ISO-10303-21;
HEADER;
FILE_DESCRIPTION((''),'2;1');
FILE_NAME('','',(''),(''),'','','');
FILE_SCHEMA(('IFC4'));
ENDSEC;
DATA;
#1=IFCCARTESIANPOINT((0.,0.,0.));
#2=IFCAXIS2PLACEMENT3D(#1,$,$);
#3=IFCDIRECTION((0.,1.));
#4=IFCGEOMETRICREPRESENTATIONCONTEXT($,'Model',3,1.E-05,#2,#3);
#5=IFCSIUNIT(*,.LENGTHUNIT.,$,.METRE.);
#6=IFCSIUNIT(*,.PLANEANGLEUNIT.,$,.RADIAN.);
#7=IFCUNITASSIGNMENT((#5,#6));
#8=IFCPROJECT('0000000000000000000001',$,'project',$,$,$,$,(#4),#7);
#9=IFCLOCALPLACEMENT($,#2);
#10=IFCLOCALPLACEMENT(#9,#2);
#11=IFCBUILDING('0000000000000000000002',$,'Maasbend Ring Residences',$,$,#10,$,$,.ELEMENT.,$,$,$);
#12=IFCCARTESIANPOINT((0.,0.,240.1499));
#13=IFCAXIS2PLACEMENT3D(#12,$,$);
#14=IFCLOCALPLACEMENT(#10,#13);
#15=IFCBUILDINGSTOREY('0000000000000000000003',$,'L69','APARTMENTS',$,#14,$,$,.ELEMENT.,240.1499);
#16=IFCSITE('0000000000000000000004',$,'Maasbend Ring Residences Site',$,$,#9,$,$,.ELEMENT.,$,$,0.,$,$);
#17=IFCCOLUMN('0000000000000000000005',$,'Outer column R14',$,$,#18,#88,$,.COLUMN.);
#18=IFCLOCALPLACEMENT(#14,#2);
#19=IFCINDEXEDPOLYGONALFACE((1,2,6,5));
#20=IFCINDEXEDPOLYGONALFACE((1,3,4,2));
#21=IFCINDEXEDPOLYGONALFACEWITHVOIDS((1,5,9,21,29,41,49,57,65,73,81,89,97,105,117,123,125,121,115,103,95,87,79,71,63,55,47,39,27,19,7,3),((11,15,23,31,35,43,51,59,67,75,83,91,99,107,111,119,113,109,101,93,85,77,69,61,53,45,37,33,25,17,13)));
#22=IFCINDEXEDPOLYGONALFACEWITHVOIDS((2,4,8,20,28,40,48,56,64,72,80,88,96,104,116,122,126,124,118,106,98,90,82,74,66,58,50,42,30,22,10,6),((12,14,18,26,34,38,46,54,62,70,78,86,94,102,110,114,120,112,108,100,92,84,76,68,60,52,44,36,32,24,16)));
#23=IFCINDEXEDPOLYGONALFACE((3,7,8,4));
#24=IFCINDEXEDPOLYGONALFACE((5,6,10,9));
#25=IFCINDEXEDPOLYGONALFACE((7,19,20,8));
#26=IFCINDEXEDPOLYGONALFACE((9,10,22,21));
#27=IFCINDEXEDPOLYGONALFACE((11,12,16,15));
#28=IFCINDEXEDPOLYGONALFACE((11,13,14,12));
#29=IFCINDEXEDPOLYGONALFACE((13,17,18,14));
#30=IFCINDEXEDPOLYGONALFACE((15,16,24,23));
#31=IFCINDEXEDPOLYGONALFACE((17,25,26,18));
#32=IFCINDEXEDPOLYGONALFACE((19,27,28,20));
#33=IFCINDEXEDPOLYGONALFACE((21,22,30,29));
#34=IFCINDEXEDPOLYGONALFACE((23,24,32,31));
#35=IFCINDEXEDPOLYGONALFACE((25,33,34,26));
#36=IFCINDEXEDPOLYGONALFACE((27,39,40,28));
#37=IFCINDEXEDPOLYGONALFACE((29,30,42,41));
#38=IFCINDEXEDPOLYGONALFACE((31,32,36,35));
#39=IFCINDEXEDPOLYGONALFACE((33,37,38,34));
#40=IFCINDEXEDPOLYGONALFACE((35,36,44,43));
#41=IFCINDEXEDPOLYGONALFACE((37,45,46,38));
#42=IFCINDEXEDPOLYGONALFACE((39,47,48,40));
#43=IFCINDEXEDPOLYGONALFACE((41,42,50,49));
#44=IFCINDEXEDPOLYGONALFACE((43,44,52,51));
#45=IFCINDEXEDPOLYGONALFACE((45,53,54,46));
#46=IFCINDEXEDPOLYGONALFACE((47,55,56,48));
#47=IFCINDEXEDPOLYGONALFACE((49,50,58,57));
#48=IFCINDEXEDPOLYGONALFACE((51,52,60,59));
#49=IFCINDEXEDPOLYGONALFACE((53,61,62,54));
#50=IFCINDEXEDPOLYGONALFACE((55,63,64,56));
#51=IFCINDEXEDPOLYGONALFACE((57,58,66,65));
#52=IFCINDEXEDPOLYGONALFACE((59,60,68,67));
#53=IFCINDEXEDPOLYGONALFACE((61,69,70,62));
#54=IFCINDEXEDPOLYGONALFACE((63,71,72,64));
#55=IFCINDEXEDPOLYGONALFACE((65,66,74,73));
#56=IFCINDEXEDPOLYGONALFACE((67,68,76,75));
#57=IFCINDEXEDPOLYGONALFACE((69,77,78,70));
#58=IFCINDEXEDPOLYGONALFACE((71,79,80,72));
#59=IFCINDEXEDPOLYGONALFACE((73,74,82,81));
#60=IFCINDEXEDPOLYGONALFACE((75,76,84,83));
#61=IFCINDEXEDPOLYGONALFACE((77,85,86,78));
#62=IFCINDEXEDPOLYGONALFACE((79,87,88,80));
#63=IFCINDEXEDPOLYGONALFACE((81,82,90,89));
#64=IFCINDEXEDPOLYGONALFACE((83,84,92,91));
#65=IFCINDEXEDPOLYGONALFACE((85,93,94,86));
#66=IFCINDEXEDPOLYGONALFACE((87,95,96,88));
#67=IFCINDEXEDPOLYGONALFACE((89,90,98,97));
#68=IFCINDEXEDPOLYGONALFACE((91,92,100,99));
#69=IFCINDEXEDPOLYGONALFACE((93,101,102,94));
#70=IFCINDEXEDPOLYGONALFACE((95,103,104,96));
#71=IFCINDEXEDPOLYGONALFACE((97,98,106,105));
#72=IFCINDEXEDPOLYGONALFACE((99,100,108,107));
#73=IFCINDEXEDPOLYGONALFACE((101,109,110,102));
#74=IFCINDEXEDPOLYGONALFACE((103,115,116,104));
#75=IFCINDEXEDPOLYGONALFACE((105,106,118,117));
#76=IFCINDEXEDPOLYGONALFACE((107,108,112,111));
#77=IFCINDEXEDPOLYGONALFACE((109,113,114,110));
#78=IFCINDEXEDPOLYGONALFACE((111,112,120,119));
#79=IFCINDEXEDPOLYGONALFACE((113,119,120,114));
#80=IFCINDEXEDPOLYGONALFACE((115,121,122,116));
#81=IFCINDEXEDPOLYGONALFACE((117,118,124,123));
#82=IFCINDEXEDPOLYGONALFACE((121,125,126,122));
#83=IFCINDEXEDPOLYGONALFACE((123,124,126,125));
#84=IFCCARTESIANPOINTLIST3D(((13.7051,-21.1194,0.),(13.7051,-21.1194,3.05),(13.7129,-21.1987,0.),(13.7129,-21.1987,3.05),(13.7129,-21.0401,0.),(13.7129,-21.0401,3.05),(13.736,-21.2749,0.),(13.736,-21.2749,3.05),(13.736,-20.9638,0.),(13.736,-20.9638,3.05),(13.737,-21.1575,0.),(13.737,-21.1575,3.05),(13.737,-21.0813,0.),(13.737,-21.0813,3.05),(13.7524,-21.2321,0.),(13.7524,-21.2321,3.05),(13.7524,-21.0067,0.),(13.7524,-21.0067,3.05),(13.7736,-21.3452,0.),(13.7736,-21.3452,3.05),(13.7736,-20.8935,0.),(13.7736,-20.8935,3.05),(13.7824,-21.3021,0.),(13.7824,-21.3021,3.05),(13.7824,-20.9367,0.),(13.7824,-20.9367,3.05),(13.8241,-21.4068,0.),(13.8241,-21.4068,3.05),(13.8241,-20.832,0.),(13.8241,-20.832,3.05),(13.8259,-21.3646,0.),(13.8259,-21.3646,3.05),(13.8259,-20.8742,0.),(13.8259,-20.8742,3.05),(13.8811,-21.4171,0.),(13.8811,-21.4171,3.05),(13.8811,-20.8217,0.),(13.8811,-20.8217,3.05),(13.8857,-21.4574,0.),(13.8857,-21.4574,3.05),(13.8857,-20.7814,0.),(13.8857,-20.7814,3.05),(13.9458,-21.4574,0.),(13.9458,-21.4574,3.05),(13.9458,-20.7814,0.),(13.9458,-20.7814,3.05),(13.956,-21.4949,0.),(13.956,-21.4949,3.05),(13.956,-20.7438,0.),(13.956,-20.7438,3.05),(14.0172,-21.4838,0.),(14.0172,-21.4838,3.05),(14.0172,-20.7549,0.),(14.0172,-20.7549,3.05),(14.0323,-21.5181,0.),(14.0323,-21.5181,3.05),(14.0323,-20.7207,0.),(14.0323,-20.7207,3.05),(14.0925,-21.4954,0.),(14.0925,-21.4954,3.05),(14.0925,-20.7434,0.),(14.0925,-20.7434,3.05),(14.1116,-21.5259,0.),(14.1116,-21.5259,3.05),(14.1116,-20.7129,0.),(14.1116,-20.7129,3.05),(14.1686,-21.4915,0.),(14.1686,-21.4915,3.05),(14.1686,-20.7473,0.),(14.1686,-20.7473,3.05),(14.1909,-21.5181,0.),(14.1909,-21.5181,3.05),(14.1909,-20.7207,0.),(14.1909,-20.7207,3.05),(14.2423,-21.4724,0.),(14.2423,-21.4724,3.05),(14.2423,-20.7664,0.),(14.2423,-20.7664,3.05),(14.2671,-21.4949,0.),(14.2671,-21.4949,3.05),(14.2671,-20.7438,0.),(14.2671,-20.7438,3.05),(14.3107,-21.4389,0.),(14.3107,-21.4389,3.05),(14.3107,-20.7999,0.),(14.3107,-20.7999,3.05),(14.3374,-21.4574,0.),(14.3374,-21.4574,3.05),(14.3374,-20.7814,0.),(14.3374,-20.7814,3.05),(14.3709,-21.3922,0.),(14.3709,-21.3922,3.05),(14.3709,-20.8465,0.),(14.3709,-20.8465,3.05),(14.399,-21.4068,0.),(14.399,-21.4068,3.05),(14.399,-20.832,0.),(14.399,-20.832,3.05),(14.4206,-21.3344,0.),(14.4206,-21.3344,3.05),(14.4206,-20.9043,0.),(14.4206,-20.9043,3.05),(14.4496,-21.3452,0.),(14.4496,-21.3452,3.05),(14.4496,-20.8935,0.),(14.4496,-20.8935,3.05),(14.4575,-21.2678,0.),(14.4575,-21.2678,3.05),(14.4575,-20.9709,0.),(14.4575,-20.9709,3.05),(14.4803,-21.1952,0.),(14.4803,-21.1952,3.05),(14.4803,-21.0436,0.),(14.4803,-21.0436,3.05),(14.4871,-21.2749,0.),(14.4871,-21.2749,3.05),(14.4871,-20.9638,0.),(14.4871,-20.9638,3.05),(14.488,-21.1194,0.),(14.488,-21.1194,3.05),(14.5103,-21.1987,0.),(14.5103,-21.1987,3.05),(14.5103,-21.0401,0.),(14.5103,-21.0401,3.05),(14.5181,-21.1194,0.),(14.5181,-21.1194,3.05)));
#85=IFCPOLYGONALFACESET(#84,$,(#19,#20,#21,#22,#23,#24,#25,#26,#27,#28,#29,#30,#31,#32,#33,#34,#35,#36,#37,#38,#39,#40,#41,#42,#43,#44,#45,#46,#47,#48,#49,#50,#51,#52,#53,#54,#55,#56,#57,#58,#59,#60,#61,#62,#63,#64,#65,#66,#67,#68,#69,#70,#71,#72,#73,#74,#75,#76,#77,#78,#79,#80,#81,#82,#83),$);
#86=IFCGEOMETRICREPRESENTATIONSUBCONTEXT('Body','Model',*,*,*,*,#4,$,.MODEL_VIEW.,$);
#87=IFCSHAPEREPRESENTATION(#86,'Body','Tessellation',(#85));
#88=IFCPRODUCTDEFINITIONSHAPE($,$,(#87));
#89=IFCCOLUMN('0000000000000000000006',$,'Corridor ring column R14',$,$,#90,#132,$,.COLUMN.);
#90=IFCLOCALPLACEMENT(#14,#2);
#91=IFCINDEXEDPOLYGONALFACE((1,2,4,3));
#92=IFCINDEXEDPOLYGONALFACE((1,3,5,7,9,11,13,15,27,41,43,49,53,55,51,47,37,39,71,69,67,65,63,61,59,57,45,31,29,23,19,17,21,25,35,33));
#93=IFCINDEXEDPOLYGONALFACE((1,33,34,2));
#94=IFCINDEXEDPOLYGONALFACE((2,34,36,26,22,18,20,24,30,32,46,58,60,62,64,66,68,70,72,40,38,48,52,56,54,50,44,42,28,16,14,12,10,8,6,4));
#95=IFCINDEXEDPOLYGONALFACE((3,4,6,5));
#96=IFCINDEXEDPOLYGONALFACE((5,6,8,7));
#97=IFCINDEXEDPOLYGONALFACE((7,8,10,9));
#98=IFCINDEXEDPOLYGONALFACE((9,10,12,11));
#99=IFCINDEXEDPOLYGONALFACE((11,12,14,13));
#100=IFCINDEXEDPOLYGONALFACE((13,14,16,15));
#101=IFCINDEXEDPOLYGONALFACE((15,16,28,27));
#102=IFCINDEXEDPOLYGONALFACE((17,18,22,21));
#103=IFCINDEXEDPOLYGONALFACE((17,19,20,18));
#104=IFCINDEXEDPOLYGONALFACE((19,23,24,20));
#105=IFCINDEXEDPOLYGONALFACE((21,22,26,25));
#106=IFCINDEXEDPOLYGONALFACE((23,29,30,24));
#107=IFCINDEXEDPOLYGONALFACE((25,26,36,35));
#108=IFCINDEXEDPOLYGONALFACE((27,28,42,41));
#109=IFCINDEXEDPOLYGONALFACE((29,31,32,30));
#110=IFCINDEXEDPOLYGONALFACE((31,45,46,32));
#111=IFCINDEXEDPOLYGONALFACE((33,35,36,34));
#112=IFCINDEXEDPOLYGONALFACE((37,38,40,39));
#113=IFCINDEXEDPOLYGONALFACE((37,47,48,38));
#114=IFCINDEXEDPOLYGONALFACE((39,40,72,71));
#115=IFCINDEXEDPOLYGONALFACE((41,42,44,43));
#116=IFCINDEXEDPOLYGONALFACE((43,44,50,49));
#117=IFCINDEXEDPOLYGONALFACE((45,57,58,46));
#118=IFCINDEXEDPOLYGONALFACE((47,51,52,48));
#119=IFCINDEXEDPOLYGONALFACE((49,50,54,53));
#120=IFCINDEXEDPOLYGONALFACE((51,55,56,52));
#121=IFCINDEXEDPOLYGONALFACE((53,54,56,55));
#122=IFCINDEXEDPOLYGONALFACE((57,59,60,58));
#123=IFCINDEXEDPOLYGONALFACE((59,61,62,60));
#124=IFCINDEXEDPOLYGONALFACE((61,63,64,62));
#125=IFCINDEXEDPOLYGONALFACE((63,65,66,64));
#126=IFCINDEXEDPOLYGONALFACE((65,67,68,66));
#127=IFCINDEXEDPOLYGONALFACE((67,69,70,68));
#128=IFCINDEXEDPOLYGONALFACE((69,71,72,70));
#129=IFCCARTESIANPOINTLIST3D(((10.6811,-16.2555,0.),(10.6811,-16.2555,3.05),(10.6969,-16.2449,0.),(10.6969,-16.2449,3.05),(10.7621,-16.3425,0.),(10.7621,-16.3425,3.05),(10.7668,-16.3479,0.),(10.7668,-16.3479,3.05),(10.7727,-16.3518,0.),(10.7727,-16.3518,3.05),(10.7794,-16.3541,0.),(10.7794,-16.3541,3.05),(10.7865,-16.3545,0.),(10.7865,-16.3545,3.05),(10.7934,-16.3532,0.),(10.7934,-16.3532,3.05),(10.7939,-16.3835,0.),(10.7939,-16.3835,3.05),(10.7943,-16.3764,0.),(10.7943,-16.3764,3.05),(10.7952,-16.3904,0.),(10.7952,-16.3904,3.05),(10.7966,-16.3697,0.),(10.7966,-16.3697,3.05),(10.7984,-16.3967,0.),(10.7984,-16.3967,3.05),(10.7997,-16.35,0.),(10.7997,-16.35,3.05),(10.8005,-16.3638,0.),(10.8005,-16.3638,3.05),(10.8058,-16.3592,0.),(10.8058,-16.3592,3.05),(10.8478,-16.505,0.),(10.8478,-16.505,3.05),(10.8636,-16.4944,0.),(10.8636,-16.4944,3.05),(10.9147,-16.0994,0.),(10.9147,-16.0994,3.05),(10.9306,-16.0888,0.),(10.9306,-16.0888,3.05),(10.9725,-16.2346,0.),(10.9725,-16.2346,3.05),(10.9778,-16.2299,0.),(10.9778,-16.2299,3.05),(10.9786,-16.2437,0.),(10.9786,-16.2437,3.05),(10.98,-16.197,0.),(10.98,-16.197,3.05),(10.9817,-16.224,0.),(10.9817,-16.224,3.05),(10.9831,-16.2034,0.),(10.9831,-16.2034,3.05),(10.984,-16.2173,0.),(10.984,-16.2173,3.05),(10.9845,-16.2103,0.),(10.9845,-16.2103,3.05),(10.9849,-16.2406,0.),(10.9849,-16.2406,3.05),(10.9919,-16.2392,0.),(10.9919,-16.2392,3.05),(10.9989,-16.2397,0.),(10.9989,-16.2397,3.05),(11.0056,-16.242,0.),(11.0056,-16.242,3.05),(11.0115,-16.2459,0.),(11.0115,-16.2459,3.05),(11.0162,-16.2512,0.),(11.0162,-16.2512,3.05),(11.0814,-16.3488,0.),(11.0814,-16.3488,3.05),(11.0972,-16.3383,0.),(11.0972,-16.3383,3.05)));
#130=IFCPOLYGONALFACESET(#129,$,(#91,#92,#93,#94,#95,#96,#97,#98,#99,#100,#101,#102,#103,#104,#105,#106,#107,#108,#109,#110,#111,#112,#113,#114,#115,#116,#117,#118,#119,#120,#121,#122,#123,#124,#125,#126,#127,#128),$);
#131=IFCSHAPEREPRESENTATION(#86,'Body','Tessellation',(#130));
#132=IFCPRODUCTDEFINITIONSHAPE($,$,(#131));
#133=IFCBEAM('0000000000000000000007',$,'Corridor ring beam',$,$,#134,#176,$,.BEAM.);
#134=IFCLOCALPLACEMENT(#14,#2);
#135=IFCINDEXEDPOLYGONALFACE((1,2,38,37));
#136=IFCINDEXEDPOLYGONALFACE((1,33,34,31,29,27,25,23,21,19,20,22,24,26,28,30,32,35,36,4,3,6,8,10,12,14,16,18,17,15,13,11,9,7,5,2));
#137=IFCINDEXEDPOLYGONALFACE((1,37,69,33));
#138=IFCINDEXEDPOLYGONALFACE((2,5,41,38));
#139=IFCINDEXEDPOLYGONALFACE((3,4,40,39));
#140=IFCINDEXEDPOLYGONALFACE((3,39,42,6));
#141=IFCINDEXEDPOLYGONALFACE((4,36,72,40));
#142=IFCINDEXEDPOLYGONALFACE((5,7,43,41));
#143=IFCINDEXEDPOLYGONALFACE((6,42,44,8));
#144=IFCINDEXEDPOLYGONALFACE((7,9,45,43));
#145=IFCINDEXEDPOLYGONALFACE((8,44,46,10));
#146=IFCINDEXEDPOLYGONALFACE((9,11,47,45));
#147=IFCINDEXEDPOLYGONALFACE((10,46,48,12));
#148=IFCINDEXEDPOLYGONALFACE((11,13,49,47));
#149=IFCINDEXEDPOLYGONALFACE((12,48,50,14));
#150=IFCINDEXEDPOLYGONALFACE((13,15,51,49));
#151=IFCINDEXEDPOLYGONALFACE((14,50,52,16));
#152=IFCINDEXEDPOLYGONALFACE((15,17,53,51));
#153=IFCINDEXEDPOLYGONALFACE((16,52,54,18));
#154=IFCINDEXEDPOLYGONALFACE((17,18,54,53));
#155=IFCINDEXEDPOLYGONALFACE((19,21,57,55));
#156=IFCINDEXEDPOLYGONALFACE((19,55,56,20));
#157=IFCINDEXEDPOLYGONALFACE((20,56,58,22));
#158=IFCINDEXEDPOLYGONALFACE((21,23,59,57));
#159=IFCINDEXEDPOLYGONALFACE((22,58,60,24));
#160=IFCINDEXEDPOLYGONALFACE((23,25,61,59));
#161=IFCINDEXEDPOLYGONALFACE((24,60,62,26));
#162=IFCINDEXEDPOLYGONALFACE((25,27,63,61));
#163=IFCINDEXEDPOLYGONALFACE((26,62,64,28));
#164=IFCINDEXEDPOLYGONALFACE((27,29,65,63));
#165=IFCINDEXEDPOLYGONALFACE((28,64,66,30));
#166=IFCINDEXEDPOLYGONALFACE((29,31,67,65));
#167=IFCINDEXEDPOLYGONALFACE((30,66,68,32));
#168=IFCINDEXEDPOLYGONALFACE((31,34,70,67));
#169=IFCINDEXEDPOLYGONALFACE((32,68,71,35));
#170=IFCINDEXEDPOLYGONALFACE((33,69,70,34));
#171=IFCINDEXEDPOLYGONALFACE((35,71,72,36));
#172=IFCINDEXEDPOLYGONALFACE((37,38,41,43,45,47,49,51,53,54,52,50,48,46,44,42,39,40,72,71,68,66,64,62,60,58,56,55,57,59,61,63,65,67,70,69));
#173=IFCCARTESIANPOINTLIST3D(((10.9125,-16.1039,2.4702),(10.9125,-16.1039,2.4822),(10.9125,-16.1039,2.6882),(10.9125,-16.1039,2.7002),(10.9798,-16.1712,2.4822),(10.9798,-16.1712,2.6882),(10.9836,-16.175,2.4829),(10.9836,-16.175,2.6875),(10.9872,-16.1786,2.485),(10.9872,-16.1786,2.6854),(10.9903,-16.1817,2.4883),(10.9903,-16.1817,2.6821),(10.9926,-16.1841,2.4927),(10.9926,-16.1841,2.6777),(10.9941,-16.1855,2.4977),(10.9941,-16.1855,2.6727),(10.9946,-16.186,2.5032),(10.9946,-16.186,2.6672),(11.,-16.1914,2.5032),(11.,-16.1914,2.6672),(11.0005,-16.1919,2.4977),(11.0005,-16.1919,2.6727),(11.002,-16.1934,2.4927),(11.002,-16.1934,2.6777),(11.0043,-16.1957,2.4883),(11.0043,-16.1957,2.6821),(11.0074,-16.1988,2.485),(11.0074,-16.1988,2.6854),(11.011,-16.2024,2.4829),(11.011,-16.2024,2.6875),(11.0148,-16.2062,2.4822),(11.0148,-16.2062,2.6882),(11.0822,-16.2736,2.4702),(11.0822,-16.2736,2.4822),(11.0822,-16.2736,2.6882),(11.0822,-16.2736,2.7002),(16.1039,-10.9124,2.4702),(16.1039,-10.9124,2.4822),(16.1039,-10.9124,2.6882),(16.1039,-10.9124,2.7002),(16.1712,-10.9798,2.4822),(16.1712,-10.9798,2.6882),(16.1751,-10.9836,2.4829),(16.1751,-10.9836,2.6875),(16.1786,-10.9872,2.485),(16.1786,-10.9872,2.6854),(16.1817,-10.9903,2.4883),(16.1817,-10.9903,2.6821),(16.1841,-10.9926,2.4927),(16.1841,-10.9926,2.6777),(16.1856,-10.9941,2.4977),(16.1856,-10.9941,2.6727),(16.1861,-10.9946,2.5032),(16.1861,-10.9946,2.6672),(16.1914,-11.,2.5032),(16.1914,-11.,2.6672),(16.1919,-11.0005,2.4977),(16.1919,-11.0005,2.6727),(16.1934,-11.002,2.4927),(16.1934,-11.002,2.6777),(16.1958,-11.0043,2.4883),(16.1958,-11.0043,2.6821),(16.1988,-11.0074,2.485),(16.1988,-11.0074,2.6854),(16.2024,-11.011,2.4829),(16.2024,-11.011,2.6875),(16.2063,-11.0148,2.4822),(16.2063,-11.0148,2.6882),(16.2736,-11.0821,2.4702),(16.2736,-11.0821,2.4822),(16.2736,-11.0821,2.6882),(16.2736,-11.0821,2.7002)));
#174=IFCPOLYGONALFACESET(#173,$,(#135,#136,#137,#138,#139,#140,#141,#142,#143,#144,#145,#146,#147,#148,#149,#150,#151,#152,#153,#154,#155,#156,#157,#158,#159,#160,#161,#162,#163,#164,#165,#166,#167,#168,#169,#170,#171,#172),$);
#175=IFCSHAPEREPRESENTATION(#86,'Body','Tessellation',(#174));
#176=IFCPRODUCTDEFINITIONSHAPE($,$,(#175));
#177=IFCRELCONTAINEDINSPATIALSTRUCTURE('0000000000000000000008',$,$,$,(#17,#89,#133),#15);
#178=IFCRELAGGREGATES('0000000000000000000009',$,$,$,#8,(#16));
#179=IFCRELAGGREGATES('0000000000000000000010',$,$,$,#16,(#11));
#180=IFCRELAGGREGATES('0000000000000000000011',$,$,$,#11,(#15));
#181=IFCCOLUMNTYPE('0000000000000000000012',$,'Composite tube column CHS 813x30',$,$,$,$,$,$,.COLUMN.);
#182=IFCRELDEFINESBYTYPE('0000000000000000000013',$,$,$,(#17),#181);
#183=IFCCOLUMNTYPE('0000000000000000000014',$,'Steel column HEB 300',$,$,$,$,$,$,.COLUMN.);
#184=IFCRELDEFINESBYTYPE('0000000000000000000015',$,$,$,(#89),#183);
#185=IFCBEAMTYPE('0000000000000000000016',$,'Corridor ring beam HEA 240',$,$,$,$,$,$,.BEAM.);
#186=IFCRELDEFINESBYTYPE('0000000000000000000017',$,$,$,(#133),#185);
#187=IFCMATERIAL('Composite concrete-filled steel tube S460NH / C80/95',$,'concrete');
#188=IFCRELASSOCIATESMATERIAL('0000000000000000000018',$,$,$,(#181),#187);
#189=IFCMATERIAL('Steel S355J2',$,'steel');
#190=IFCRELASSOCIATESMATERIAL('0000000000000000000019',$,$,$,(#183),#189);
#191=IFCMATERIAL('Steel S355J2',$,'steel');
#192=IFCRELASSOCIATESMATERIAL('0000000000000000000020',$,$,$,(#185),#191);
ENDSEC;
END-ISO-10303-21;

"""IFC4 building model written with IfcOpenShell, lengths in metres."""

from ifc_helpers import new_model, si_unit, direction, frame, origin, origin_2d, place, context, subcontext, project, spatial, hollow_circle, i_section, extrude, material, material_profile, profile_set, type_object, element, save


model = new_model("IFC4")

# Units and contexts
model_context = context("Model", 3, precision=1e-05, world=origin(), true_north=direction((0.0, 1.0)))
body_context = subcontext(model_context, "Body", "Model", "MODEL_VIEW")
ifc_project = project(units=[si_unit("LENGTHUNIT", "METRE"), si_unit("PLANEANGLEUNIT", "RADIAN")], contexts=[model_context])

# Site, building, storey
site_placement = place(None, origin())
site = spatial("IfcSite", under=ifc_project, at=site_placement, Name="Maasbend Ring Residences Site", CompositionType="ELEMENT", RefElevation=0.0)
building_placement = place(site_placement, origin())
building = spatial("IfcBuilding", under=site, at=building_placement, Name="Maasbend Ring Residences", CompositionType="ELEMENT")
storey_placement = place(building_placement, frame((0.0, 0.0, 240.1499)))
storey = spatial("IfcBuildingStorey", under=building, at=storey_placement, Name="L69", Description="APARTMENTS", CompositionType="ELEMENT", Elevation=240.1499)

# Columns
ifc_material_1 = material(Name="Composite concrete-filled steel tube S460NH / C80/95", Category="concrete")
ifc_material_profile_1 = material_profile(ifc_material_1, hollow_circle(Radius=0.4065, WallThickness=0.03, at=origin_2d()), Name="Composite tube column CHS 813x30")
ifc_profile_set_1 = profile_set([ifc_material_profile_1], Name="Composite concrete-filled steel tube S460NH / C80/95")
column_type_1 = type_object("IfcColumnType", Name="Composite tube column CHS 813x30", PredefinedType="COLUMN", material=ifc_profile_set_1)
column_1_placement = place(storey_placement, frame((14.1116, -21.1194, 0.0), z_axis=(0.0, 0.0, 1.0), x_axis=(1.0, 0.0, 0.0)))
element("IfcColumn", 1, at=column_1_placement, inside=storey, type_object=column_type_1, Name="Outer column R14", PredefinedType="COLUMN", context=body_context, shape_type="SweptSolid", body=[
    extrude(hollow_circle(Radius=0.4065, WallThickness=0.03, at=origin_2d()), origin(), (0.0, 0.0, 1.0), 3.05),
])
ifc_material_2 = material(Name="Steel S355J2", Category="steel")
ifc_material_profile_2 = material_profile(ifc_material_2, i_section(OverallWidth=0.3, OverallDepth=0.3, WebThickness=0.011, FlangeThickness=0.019, FilletRadius=0.0271, at=origin_2d()), Name="HEB 300")
ifc_profile_set_2 = profile_set([ifc_material_profile_2], Name="Steel S355J2")
column_type_2 = type_object("IfcColumnType", Name="Steel column HEB 300", PredefinedType="COLUMN", material=ifc_profile_set_2)
column_2_placement = place(storey_placement, frame((10.8892, -16.2969, 0.0), z_axis=(0.0, 0.0, 1.0), x_axis=(0.55557, -0.83147, 0.0)))
element("IfcColumn", 2, at=column_2_placement, inside=storey, type_object=column_type_2, Name="Corridor ring column R14", PredefinedType="COLUMN", context=body_context, shape_type="SweptSolid", body=[
    extrude(i_section(OverallWidth=0.3, OverallDepth=0.3, WebThickness=0.011, FlangeThickness=0.019, FilletRadius=0.0271, at=origin_2d()), origin(), (0.0, 0.0, 1.0), 3.05),
])

# Beam
ifc_material_3 = material(Name="Steel S355J2", Category="steel")
ifc_material_profile_3 = material_profile(ifc_material_3, i_section(OverallWidth=0.24, OverallDepth=0.23, WebThickness=0.0076, FlangeThickness=0.012, FilletRadius=0.021, at=origin_2d()), Name="HEA 240")
ifc_profile_set_3 = profile_set([ifc_material_profile_3], Name="Steel S355J2")
beam_type_1 = type_object("IfcBeamType", Name="Corridor ring beam HEA 240", PredefinedType="BEAM", material=ifc_profile_set_3)
beam_1_placement = place(storey_placement, frame((10.9973, -16.1887, 2.5852), z_axis=(0.707107, 0.707107, 0.0), x_axis=(-0.707107, 0.707107, 0.0)))
element("IfcBeam", 3, at=beam_1_placement, inside=storey, type_object=beam_type_1, Name="Corridor ring beam", PredefinedType="BEAM", context=body_context, shape_type="SweptSolid", body=[
    extrude(i_section(OverallWidth=0.24, OverallDepth=0.23, WebThickness=0.0076, FlangeThickness=0.012, FilletRadius=0.021, at=origin_2d()), origin(), (0.0, 0.0, 1.0), 7.3418),
])

save(model, "model.ifc")
